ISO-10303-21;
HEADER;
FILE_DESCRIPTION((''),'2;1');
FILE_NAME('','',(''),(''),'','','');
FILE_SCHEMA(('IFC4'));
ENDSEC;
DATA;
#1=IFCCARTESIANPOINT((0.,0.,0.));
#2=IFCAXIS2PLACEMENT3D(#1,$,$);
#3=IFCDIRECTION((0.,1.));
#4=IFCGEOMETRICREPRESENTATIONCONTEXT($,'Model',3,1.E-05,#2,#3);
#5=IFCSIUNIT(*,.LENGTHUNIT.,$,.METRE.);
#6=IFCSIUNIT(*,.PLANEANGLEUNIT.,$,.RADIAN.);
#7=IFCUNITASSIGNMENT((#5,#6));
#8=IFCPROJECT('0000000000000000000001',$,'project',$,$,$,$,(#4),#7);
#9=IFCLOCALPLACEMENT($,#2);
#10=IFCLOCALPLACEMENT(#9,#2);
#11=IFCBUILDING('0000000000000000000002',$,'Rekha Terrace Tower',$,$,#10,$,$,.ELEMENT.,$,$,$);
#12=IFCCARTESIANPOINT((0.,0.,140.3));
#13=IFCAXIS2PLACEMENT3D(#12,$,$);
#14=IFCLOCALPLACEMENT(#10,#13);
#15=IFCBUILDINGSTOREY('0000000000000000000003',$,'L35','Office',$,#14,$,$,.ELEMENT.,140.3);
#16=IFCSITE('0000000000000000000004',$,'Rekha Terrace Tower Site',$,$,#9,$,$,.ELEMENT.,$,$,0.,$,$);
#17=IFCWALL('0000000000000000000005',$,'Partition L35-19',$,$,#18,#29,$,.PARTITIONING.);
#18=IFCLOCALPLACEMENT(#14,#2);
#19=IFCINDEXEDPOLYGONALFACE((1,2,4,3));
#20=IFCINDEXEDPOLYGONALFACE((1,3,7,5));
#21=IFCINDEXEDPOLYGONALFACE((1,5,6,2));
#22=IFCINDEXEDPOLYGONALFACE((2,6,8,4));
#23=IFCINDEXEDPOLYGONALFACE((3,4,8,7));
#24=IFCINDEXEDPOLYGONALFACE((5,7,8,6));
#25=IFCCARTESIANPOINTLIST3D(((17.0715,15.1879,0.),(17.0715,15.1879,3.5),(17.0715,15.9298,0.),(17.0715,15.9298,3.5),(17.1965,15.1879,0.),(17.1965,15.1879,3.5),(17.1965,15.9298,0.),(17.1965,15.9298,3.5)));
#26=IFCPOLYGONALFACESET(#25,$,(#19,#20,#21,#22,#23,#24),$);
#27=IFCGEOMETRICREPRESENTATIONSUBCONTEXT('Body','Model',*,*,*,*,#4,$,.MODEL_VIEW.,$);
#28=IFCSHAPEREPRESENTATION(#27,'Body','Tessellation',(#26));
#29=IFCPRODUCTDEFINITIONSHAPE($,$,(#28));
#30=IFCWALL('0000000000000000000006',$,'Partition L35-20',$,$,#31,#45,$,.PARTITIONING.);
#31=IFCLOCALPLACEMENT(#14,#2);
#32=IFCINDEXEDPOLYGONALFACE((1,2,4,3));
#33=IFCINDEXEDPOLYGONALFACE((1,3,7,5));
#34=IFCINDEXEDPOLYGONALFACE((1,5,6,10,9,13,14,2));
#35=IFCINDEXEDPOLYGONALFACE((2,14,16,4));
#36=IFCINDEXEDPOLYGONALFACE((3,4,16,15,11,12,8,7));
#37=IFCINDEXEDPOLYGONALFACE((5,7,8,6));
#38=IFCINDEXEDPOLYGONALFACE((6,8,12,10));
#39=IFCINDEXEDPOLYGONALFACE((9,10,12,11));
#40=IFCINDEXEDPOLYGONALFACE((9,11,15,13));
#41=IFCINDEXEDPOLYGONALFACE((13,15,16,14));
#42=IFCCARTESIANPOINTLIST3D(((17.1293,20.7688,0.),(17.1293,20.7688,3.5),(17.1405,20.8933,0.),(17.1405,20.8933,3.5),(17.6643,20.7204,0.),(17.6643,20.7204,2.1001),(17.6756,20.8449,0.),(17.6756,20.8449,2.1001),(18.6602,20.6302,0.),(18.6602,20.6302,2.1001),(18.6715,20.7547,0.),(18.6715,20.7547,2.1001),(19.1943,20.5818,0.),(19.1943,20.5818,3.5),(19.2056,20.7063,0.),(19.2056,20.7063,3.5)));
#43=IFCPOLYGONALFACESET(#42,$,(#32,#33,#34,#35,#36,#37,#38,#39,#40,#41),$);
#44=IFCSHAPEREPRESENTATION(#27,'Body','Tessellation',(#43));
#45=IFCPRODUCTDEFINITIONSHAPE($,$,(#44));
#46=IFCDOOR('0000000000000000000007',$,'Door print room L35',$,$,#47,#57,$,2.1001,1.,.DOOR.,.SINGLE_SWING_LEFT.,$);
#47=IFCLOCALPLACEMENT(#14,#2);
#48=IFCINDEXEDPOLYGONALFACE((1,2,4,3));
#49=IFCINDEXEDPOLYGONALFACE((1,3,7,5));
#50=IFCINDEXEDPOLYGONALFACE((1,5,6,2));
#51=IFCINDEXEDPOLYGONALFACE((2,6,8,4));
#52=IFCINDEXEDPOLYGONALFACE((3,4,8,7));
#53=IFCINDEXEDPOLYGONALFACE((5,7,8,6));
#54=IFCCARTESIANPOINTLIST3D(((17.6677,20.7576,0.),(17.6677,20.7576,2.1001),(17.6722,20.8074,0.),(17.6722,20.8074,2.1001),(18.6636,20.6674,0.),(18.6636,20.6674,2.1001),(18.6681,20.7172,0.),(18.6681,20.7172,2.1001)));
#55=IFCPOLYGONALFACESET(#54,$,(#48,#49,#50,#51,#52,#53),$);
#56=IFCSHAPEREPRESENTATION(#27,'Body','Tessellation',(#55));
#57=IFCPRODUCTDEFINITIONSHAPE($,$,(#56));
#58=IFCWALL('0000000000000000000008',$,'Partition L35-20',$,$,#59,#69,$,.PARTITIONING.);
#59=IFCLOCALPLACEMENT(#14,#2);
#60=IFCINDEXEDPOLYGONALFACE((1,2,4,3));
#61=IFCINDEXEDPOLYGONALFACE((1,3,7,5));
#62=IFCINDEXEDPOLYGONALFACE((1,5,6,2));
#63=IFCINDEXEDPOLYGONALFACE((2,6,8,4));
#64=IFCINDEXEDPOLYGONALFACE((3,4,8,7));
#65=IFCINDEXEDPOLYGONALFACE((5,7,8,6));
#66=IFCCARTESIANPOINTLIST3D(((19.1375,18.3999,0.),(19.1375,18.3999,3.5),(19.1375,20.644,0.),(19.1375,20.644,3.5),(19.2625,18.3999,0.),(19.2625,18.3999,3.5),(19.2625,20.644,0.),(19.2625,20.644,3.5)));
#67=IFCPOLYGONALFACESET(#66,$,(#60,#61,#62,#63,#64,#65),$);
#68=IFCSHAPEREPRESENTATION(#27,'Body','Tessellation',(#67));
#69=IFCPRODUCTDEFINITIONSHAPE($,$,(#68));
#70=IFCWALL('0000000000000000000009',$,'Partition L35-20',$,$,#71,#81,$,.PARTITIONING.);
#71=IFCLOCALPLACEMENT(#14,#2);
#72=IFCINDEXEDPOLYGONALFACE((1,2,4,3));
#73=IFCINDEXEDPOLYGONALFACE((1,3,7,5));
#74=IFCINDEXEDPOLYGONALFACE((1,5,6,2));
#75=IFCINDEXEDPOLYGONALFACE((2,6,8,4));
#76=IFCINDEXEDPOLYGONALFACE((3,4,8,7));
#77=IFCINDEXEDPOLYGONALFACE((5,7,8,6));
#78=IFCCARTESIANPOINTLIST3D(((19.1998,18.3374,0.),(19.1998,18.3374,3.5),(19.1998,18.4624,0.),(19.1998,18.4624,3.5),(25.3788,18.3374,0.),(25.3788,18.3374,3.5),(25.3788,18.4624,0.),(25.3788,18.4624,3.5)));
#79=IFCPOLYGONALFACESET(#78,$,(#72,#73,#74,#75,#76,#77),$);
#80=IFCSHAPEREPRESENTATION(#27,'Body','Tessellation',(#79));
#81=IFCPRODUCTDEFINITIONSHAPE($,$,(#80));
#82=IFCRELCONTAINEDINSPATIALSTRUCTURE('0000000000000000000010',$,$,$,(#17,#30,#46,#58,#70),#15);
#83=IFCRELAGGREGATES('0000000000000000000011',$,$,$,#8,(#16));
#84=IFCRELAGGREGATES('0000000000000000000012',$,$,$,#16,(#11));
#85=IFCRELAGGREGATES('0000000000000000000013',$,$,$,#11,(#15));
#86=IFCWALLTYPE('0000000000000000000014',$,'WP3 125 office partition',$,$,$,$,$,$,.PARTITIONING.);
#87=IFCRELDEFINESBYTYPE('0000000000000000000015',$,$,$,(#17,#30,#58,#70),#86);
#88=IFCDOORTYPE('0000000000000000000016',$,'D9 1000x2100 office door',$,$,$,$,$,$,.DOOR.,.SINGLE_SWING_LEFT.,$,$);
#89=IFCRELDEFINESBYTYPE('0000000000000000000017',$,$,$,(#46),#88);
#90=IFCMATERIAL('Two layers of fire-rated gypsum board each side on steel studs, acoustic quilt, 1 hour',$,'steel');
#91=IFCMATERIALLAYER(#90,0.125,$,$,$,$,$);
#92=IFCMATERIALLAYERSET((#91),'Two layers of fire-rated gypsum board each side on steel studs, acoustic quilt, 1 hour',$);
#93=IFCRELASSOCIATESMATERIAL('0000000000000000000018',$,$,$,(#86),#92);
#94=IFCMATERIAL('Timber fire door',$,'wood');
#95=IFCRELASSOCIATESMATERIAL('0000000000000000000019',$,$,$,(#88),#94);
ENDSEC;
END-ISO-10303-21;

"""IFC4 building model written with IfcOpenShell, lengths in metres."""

from ifc_helpers import new_model, si_unit, direction, frame, frame_2d, origin, place, context, subcontext, project, spatial, rectangle, extrude, material, layer, layer_set, type_object, element, fill, save


model = new_model("IFC4")

# Units and contexts
model_context = context("Model", 3, precision=1e-05, world=origin(), true_north=direction((0.0, 1.0)))
body_context = subcontext(model_context, "Body", "Model", "MODEL_VIEW")
ifc_project = project(units=[si_unit("LENGTHUNIT", "METRE"), si_unit("PLANEANGLEUNIT", "RADIAN")], contexts=[model_context])

# Site, building, storey
site_placement = place(None, origin())
site = spatial("IfcSite", under=ifc_project, at=site_placement, Name="Rekha Terrace Tower Site", CompositionType="ELEMENT", RefElevation=0.0)
building_placement = place(site_placement, origin())
building = spatial("IfcBuilding", under=site, at=building_placement, Name="Rekha Terrace Tower", CompositionType="ELEMENT")
storey_placement = place(building_placement, frame((0.0, 0.0, 140.3)))
storey = spatial("IfcBuildingStorey", under=building, at=storey_placement, Name="L35", Description="Office", CompositionType="ELEMENT", Elevation=140.3)

# Wall
ifc_material_1 = material(Name="Two layers of fire-rated gypsum board each side on steel studs, acoustic quilt, 1 hour", Category="steel")
ifc_layer_1 = layer(ifc_material_1, 0.125)
ifc_layer_set_1 = layer_set([ifc_layer_1], Name="Two layers of fire-rated gypsum board each side on steel studs, acoustic quilt, 1 hour")
wall_type_1 = type_object("IfcWallType", Name="WP3 125 office partition", PredefinedType="PARTITIONING", material=ifc_layer_set_1)
wall_1_placement = place(storey_placement, frame((17.134, 15.9299, 0.0), z_axis=(0.0, 0.0, 1.0), x_axis=(0.0, -1.0, 0.0)))
element("IfcWall", 1, at=wall_1_placement, inside=storey, type_object=wall_type_1, Name="Partition L35-19", PredefinedType="PARTITIONING", context=body_context, shape_type="SweptSolid", body=[
    extrude(rectangle(XDim=0.7419, YDim=0.125, at=frame_2d((0.3711, 0.0))), origin(), (0.0, 0.0, 1.0), 3.5),
])

# Wall, opening, door
wall_2_placement = place(storey_placement, frame((17.135, 20.8311, 0.0), z_axis=(0.0, 0.0, 1.0), x_axis=(0.995924, -0.090196, 0.0)))
wall_2 = element("IfcWall", 2, at=wall_2_placement, inside=storey, type_object=wall_type_1, Name="Partition L35-20", PredefinedType="PARTITIONING", context=body_context, shape_type="SweptSolid", body=[
    extrude(rectangle(XDim=2.0735, YDim=0.125, at=frame_2d((1.0366, 0.0))), origin(), (0.0, 0.0, 1.0), 3.5),
])
opening_placement = place(wall_2_placement, frame((0.5371, 0.0, 0.0)))
opening = element("IfcOpeningElement", 3, at=opening_placement, cuts=wall_2, PredefinedType="OPENING", context=body_context, shape_type="SweptSolid", body=[
    extrude(rectangle(XDim=1.0, YDim=2.1001, at=frame_2d((0.5, 1.05))), frame((0.0, 0.0725, 0.0), z_axis=(0.0, -1.0, 0.0), x_axis=(1.0, 0.0, 0.0)), (0.0, 0.0, 1.0), 0.145),
])
ifc_material_2 = material(Name="Timber fire door", Category="wood")
door_type = type_object("IfcDoorType", Name="D9 1000x2100 office door", OperationType="SINGLE_SWING_LEFT", PredefinedType="DOOR", material=ifc_material_2)
door_placement = place(opening_placement, origin())
door = element("IfcDoor", 4, at=door_placement, inside=storey, type_object=door_type, Name="Door print room L35", OperationType="SINGLE_SWING_LEFT", OverallHeight=2.1001, OverallWidth=1.0, PredefinedType="DOOR", context=body_context, shape_type="SweptSolid", body=[
    extrude(rectangle(XDim=1.0, YDim=2.1001, at=frame_2d((0.5, 1.05))), frame((0.0, 0.0249, 0.0), z_axis=(0.0, -1.0, 0.0), x_axis=(1.0, 0.0, 0.0)), (0.0, 0.0, 1.0), 0.05),
])
fill(opening, door)

# Walls
wall_3_placement = place(storey_placement, frame((19.2, 20.644, 0.0), z_axis=(0.0, 0.0, 1.0), x_axis=(0.0, -1.0, 0.0)))
element("IfcWall", 5, at=wall_3_placement, inside=storey, type_object=wall_type_1, Name="Partition L35-20", PredefinedType="PARTITIONING", context=body_context, shape_type="SweptSolid", body=[
    extrude(rectangle(XDim=2.2441, YDim=0.125, at=frame_2d((1.1221, 0.0))), origin(), (0.0, 0.0, 1.0), 3.5),
])
wall_4_placement = place(storey_placement, frame((19.2, 18.3999, 0.0), z_axis=(0.0, 0.0, 1.0), x_axis=(1.0, 0.0, 0.0)))
element("IfcWall", 6, at=wall_4_placement, inside=storey, type_object=wall_type_1, Name="Partition L35-20", PredefinedType="PARTITIONING", context=body_context, shape_type="SweptSolid", body=[
    extrude(rectangle(XDim=6.179, YDim=0.125, at=frame_2d((3.0894, 0.0))), origin(), (0.0, 0.0, 1.0), 3.5),
])

save(model, "model.ifc")
